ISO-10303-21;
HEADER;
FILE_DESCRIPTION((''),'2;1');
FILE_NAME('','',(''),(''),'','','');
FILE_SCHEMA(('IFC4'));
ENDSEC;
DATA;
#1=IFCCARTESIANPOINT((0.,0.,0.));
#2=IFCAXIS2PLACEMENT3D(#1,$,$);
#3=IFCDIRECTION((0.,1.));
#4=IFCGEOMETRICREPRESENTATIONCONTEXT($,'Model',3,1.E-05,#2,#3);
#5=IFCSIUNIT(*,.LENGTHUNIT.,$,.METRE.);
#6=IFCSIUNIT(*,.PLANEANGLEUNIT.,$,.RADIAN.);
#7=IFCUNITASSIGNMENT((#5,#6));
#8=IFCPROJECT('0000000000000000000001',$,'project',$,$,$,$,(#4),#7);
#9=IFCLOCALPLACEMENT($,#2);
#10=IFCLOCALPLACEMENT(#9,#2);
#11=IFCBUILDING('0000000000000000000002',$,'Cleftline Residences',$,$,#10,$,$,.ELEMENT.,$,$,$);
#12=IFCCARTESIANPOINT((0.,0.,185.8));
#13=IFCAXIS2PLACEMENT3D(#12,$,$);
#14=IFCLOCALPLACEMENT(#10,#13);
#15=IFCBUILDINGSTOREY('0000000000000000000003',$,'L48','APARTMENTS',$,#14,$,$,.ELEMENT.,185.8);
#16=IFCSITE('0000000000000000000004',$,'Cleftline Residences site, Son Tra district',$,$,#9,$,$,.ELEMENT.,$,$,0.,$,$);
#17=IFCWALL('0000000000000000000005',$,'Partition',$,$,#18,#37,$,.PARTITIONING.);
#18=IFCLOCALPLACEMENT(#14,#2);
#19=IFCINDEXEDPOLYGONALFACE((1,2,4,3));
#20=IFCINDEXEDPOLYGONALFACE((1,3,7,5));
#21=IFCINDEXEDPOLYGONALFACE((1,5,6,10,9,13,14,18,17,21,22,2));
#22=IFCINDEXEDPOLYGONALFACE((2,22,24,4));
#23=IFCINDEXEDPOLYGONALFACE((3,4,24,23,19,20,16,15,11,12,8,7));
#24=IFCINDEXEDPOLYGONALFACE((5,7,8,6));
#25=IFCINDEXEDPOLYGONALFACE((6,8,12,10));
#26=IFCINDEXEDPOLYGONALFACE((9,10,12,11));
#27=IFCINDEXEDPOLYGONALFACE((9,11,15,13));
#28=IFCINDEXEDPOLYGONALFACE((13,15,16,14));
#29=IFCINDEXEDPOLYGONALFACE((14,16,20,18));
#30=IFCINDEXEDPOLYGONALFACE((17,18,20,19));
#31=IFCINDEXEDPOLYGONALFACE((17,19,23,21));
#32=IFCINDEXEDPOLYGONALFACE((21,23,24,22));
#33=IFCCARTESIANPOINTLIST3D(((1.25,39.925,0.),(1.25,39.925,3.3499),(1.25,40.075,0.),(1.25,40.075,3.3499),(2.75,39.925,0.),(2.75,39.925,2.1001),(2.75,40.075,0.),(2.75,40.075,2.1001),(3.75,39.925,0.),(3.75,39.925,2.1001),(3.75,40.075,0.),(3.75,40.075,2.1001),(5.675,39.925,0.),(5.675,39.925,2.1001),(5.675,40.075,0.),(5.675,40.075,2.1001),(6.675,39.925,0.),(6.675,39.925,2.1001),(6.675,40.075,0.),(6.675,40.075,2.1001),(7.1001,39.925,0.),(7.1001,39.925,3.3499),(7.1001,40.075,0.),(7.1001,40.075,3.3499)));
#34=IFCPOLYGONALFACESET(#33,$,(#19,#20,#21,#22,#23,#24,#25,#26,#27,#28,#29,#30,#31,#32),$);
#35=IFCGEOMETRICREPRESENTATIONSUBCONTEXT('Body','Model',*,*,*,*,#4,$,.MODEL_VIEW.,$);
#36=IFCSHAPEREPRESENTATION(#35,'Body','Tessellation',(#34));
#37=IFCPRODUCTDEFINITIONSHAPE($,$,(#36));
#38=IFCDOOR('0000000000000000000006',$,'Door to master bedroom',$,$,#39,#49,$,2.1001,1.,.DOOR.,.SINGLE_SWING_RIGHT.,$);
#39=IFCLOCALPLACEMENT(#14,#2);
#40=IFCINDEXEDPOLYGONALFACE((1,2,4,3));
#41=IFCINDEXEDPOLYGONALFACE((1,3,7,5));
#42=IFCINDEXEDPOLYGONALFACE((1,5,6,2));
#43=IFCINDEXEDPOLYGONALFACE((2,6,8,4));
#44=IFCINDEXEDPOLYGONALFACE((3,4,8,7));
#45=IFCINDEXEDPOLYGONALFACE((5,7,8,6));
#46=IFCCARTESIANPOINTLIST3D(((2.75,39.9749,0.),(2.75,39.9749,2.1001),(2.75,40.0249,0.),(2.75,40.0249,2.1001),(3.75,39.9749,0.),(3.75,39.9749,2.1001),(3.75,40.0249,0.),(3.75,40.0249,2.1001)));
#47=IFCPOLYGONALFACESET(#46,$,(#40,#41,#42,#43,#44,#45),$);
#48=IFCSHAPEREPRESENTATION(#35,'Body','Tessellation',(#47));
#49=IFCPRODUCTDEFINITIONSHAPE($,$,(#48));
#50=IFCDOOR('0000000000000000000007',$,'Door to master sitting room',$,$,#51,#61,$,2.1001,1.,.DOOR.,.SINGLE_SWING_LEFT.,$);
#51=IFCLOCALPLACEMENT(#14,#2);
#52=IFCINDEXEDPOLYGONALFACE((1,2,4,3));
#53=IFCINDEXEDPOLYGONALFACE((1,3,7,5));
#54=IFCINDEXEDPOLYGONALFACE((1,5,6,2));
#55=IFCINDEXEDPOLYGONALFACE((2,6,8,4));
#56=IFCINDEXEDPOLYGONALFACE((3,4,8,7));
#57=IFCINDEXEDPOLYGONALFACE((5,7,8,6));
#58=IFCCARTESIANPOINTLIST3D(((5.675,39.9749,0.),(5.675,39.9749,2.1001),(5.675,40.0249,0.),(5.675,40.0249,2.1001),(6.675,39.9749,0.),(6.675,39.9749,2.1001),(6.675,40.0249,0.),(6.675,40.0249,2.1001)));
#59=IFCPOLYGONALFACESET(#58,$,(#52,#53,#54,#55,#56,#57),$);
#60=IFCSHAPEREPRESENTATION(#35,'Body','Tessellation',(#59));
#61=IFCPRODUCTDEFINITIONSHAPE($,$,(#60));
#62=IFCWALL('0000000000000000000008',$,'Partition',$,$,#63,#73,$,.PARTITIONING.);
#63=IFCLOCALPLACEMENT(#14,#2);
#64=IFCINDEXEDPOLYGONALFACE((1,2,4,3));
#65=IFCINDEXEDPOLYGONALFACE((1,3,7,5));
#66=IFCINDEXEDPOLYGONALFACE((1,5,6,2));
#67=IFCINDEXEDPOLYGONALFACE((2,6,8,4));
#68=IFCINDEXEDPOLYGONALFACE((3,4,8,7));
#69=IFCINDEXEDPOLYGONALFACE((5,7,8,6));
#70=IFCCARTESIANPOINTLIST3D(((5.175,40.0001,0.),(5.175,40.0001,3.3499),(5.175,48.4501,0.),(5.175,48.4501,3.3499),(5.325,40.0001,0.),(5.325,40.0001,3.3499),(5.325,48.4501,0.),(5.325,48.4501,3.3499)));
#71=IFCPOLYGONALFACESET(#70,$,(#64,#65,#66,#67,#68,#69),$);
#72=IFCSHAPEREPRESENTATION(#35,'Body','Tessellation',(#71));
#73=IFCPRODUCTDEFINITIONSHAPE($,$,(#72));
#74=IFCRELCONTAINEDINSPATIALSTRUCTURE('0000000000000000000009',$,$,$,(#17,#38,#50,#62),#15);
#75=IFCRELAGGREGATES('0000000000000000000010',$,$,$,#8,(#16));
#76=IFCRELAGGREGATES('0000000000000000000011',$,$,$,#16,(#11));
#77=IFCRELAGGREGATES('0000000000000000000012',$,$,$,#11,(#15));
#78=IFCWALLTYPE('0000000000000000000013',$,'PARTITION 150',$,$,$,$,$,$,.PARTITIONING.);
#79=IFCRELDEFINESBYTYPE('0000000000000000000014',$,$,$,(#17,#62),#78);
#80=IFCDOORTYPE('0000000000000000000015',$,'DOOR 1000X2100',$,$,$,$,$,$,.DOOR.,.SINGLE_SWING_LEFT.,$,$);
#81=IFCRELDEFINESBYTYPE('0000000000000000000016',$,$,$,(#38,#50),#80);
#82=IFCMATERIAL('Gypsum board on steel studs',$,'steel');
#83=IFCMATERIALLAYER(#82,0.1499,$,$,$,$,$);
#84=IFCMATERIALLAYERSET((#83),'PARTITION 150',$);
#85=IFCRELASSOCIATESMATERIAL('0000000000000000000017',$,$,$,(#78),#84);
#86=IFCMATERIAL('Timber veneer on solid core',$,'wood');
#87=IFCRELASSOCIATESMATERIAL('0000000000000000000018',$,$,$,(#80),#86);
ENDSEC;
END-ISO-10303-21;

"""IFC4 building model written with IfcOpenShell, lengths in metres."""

from ifc_helpers import new_model, si_unit, direction, frame, frame_2d, origin, place, context, subcontext, project, spatial, rectangle, extrude, material, layer, layer_set, type_object, element, fill, save


model = new_model("IFC4")

# Units and contexts
model_context = context("Model", 3, precision=1e-05, world=origin(), true_north=direction((0.0, 1.0)))
body_context = subcontext(model_context, "Body", "Model", "MODEL_VIEW")
ifc_project = project(units=[si_unit("LENGTHUNIT", "METRE"), si_unit("PLANEANGLEUNIT", "RADIAN")], contexts=[model_context])

# Site, building, storey
site_placement = place(None, origin())
site = spatial("IfcSite", under=ifc_project, at=site_placement, Name="Cleftline Residences site, Son Tra district", CompositionType="ELEMENT", RefElevation=0.0)
building_placement = place(site_placement, origin())
building = spatial("IfcBuilding", under=site, at=building_placement, Name="Cleftline Residences", CompositionType="ELEMENT")
storey_placement = place(building_placement, frame((0.0, 0.0, 185.8)))
storey = spatial("IfcBuildingStorey", under=building, at=storey_placement, Name="L48", Description="APARTMENTS", CompositionType="ELEMENT", Elevation=185.8)

# Wall, openings, doors
ifc_material_1 = material(Name="Gypsum board on steel studs", Category="steel")
ifc_layer_1 = layer(ifc_material_1, 0.1499)
ifc_layer_set_1 = layer_set([ifc_layer_1], Name="PARTITION 150")
wall_type_1 = type_object("IfcWallType", Name="PARTITION 150", PredefinedType="PARTITIONING", material=ifc_layer_set_1)
wall_1_placement = place(storey_placement, frame((1.25, 40.0, 0.0), z_axis=(0.0, 0.0, 1.0), x_axis=(1.0, 0.0, 0.0)))
wall_1 = element("IfcWall", 1, at=wall_1_placement, inside=storey, type_object=wall_type_1, Name="Partition", PredefinedType="PARTITIONING", context=body_context, shape_type="SweptSolid", body=[
    extrude(rectangle(XDim=5.8501, YDim=0.1499, at=frame_2d((2.925, 0.0))), origin(), (0.0, 0.0, 1.0), 3.3499),
])
opening_1_placement = place(wall_1_placement, frame((1.5, 0.0, 0.0)))
opening_1 = element("IfcOpeningElement", 2, at=opening_1_placement, cuts=wall_1, PredefinedType="OPENING", context=body_context, shape_type="SweptSolid", body=[
    extrude(rectangle(XDim=1.0, YDim=2.1001, at=frame_2d((0.5, 1.05))), frame((0.0, 0.085, 0.0), z_axis=(0.0, -1.0, 0.0), x_axis=(1.0, 0.0, 0.0)), (0.0, 0.0, 1.0), 0.1699),
])
opening_2_placement = place(wall_1_placement, frame((4.425, 0.0, 0.0)))
opening_2 = element("IfcOpeningElement", 3, at=opening_2_placement, cuts=wall_1, PredefinedType="OPENING", context=body_context, shape_type="SweptSolid", body=[
    extrude(rectangle(XDim=1.0, YDim=2.1001, at=frame_2d((0.5, 1.05))), frame((0.0, 0.085, 0.0), z_axis=(0.0, -1.0, 0.0), x_axis=(1.0, 0.0, 0.0)), (0.0, 0.0, 1.0), 0.1699),
])
ifc_material_2 = material(Name="Timber veneer on solid core", Category="wood")
door_type = type_object("IfcDoorType", Name="DOOR 1000X2100", OperationType="SINGLE_SWING_LEFT", PredefinedType="DOOR", material=ifc_material_2)
door_1_placement = place(opening_1_placement, origin())
door_1 = element("IfcDoor", 4, at=door_1_placement, inside=storey, type_object=door_type, Name="Door to master bedroom", OperationType="SINGLE_SWING_RIGHT", OverallHeight=2.1001, OverallWidth=1.0, PredefinedType="DOOR", context=body_context, shape_type="SweptSolid", body=[
    extrude(rectangle(XDim=1.0, YDim=2.1001, at=frame_2d((0.5, 1.05))), frame((0.0, 0.0249, 0.0), z_axis=(0.0, -1.0, 0.0), x_axis=(1.0, 0.0, 0.0)), (0.0, 0.0, 1.0), 0.05),
])
fill(opening_1, door_1)
door_2_placement = place(opening_2_placement, origin())
door_2 = element("IfcDoor", 5, at=door_2_placement, inside=storey, type_object=door_type, Name="Door to master sitting room", OperationType="SINGLE_SWING_LEFT", OverallHeight=2.1001, OverallWidth=1.0, PredefinedType="DOOR", context=body_context, shape_type="SweptSolid", body=[
    extrude(rectangle(XDim=1.0, YDim=2.1001, at=frame_2d((0.5, 1.05))), frame((0.0, 0.0249, 0.0), z_axis=(0.0, -1.0, 0.0), x_axis=(1.0, 0.0, 0.0)), (0.0, 0.0, 1.0), 0.05),
])
fill(opening_2, door_2)

# Wall
wall_2_placement = place(storey_placement, frame((5.25, 40.0, 0.0), z_axis=(0.0, 0.0, 1.0), x_axis=(0.0, 1.0, 0.0)))
element("IfcWall", 6, at=wall_2_placement, inside=storey, type_object=wall_type_1, Name="Partition", PredefinedType="PARTITIONING", context=body_context, shape_type="SweptSolid", body=[
    extrude(rectangle(XDim=8.45, YDim=0.1499, at=frame_2d((4.2251, 0.0))), origin(), (0.0, 0.0, 1.0), 3.3499),
])

save(model, "model.ifc")
